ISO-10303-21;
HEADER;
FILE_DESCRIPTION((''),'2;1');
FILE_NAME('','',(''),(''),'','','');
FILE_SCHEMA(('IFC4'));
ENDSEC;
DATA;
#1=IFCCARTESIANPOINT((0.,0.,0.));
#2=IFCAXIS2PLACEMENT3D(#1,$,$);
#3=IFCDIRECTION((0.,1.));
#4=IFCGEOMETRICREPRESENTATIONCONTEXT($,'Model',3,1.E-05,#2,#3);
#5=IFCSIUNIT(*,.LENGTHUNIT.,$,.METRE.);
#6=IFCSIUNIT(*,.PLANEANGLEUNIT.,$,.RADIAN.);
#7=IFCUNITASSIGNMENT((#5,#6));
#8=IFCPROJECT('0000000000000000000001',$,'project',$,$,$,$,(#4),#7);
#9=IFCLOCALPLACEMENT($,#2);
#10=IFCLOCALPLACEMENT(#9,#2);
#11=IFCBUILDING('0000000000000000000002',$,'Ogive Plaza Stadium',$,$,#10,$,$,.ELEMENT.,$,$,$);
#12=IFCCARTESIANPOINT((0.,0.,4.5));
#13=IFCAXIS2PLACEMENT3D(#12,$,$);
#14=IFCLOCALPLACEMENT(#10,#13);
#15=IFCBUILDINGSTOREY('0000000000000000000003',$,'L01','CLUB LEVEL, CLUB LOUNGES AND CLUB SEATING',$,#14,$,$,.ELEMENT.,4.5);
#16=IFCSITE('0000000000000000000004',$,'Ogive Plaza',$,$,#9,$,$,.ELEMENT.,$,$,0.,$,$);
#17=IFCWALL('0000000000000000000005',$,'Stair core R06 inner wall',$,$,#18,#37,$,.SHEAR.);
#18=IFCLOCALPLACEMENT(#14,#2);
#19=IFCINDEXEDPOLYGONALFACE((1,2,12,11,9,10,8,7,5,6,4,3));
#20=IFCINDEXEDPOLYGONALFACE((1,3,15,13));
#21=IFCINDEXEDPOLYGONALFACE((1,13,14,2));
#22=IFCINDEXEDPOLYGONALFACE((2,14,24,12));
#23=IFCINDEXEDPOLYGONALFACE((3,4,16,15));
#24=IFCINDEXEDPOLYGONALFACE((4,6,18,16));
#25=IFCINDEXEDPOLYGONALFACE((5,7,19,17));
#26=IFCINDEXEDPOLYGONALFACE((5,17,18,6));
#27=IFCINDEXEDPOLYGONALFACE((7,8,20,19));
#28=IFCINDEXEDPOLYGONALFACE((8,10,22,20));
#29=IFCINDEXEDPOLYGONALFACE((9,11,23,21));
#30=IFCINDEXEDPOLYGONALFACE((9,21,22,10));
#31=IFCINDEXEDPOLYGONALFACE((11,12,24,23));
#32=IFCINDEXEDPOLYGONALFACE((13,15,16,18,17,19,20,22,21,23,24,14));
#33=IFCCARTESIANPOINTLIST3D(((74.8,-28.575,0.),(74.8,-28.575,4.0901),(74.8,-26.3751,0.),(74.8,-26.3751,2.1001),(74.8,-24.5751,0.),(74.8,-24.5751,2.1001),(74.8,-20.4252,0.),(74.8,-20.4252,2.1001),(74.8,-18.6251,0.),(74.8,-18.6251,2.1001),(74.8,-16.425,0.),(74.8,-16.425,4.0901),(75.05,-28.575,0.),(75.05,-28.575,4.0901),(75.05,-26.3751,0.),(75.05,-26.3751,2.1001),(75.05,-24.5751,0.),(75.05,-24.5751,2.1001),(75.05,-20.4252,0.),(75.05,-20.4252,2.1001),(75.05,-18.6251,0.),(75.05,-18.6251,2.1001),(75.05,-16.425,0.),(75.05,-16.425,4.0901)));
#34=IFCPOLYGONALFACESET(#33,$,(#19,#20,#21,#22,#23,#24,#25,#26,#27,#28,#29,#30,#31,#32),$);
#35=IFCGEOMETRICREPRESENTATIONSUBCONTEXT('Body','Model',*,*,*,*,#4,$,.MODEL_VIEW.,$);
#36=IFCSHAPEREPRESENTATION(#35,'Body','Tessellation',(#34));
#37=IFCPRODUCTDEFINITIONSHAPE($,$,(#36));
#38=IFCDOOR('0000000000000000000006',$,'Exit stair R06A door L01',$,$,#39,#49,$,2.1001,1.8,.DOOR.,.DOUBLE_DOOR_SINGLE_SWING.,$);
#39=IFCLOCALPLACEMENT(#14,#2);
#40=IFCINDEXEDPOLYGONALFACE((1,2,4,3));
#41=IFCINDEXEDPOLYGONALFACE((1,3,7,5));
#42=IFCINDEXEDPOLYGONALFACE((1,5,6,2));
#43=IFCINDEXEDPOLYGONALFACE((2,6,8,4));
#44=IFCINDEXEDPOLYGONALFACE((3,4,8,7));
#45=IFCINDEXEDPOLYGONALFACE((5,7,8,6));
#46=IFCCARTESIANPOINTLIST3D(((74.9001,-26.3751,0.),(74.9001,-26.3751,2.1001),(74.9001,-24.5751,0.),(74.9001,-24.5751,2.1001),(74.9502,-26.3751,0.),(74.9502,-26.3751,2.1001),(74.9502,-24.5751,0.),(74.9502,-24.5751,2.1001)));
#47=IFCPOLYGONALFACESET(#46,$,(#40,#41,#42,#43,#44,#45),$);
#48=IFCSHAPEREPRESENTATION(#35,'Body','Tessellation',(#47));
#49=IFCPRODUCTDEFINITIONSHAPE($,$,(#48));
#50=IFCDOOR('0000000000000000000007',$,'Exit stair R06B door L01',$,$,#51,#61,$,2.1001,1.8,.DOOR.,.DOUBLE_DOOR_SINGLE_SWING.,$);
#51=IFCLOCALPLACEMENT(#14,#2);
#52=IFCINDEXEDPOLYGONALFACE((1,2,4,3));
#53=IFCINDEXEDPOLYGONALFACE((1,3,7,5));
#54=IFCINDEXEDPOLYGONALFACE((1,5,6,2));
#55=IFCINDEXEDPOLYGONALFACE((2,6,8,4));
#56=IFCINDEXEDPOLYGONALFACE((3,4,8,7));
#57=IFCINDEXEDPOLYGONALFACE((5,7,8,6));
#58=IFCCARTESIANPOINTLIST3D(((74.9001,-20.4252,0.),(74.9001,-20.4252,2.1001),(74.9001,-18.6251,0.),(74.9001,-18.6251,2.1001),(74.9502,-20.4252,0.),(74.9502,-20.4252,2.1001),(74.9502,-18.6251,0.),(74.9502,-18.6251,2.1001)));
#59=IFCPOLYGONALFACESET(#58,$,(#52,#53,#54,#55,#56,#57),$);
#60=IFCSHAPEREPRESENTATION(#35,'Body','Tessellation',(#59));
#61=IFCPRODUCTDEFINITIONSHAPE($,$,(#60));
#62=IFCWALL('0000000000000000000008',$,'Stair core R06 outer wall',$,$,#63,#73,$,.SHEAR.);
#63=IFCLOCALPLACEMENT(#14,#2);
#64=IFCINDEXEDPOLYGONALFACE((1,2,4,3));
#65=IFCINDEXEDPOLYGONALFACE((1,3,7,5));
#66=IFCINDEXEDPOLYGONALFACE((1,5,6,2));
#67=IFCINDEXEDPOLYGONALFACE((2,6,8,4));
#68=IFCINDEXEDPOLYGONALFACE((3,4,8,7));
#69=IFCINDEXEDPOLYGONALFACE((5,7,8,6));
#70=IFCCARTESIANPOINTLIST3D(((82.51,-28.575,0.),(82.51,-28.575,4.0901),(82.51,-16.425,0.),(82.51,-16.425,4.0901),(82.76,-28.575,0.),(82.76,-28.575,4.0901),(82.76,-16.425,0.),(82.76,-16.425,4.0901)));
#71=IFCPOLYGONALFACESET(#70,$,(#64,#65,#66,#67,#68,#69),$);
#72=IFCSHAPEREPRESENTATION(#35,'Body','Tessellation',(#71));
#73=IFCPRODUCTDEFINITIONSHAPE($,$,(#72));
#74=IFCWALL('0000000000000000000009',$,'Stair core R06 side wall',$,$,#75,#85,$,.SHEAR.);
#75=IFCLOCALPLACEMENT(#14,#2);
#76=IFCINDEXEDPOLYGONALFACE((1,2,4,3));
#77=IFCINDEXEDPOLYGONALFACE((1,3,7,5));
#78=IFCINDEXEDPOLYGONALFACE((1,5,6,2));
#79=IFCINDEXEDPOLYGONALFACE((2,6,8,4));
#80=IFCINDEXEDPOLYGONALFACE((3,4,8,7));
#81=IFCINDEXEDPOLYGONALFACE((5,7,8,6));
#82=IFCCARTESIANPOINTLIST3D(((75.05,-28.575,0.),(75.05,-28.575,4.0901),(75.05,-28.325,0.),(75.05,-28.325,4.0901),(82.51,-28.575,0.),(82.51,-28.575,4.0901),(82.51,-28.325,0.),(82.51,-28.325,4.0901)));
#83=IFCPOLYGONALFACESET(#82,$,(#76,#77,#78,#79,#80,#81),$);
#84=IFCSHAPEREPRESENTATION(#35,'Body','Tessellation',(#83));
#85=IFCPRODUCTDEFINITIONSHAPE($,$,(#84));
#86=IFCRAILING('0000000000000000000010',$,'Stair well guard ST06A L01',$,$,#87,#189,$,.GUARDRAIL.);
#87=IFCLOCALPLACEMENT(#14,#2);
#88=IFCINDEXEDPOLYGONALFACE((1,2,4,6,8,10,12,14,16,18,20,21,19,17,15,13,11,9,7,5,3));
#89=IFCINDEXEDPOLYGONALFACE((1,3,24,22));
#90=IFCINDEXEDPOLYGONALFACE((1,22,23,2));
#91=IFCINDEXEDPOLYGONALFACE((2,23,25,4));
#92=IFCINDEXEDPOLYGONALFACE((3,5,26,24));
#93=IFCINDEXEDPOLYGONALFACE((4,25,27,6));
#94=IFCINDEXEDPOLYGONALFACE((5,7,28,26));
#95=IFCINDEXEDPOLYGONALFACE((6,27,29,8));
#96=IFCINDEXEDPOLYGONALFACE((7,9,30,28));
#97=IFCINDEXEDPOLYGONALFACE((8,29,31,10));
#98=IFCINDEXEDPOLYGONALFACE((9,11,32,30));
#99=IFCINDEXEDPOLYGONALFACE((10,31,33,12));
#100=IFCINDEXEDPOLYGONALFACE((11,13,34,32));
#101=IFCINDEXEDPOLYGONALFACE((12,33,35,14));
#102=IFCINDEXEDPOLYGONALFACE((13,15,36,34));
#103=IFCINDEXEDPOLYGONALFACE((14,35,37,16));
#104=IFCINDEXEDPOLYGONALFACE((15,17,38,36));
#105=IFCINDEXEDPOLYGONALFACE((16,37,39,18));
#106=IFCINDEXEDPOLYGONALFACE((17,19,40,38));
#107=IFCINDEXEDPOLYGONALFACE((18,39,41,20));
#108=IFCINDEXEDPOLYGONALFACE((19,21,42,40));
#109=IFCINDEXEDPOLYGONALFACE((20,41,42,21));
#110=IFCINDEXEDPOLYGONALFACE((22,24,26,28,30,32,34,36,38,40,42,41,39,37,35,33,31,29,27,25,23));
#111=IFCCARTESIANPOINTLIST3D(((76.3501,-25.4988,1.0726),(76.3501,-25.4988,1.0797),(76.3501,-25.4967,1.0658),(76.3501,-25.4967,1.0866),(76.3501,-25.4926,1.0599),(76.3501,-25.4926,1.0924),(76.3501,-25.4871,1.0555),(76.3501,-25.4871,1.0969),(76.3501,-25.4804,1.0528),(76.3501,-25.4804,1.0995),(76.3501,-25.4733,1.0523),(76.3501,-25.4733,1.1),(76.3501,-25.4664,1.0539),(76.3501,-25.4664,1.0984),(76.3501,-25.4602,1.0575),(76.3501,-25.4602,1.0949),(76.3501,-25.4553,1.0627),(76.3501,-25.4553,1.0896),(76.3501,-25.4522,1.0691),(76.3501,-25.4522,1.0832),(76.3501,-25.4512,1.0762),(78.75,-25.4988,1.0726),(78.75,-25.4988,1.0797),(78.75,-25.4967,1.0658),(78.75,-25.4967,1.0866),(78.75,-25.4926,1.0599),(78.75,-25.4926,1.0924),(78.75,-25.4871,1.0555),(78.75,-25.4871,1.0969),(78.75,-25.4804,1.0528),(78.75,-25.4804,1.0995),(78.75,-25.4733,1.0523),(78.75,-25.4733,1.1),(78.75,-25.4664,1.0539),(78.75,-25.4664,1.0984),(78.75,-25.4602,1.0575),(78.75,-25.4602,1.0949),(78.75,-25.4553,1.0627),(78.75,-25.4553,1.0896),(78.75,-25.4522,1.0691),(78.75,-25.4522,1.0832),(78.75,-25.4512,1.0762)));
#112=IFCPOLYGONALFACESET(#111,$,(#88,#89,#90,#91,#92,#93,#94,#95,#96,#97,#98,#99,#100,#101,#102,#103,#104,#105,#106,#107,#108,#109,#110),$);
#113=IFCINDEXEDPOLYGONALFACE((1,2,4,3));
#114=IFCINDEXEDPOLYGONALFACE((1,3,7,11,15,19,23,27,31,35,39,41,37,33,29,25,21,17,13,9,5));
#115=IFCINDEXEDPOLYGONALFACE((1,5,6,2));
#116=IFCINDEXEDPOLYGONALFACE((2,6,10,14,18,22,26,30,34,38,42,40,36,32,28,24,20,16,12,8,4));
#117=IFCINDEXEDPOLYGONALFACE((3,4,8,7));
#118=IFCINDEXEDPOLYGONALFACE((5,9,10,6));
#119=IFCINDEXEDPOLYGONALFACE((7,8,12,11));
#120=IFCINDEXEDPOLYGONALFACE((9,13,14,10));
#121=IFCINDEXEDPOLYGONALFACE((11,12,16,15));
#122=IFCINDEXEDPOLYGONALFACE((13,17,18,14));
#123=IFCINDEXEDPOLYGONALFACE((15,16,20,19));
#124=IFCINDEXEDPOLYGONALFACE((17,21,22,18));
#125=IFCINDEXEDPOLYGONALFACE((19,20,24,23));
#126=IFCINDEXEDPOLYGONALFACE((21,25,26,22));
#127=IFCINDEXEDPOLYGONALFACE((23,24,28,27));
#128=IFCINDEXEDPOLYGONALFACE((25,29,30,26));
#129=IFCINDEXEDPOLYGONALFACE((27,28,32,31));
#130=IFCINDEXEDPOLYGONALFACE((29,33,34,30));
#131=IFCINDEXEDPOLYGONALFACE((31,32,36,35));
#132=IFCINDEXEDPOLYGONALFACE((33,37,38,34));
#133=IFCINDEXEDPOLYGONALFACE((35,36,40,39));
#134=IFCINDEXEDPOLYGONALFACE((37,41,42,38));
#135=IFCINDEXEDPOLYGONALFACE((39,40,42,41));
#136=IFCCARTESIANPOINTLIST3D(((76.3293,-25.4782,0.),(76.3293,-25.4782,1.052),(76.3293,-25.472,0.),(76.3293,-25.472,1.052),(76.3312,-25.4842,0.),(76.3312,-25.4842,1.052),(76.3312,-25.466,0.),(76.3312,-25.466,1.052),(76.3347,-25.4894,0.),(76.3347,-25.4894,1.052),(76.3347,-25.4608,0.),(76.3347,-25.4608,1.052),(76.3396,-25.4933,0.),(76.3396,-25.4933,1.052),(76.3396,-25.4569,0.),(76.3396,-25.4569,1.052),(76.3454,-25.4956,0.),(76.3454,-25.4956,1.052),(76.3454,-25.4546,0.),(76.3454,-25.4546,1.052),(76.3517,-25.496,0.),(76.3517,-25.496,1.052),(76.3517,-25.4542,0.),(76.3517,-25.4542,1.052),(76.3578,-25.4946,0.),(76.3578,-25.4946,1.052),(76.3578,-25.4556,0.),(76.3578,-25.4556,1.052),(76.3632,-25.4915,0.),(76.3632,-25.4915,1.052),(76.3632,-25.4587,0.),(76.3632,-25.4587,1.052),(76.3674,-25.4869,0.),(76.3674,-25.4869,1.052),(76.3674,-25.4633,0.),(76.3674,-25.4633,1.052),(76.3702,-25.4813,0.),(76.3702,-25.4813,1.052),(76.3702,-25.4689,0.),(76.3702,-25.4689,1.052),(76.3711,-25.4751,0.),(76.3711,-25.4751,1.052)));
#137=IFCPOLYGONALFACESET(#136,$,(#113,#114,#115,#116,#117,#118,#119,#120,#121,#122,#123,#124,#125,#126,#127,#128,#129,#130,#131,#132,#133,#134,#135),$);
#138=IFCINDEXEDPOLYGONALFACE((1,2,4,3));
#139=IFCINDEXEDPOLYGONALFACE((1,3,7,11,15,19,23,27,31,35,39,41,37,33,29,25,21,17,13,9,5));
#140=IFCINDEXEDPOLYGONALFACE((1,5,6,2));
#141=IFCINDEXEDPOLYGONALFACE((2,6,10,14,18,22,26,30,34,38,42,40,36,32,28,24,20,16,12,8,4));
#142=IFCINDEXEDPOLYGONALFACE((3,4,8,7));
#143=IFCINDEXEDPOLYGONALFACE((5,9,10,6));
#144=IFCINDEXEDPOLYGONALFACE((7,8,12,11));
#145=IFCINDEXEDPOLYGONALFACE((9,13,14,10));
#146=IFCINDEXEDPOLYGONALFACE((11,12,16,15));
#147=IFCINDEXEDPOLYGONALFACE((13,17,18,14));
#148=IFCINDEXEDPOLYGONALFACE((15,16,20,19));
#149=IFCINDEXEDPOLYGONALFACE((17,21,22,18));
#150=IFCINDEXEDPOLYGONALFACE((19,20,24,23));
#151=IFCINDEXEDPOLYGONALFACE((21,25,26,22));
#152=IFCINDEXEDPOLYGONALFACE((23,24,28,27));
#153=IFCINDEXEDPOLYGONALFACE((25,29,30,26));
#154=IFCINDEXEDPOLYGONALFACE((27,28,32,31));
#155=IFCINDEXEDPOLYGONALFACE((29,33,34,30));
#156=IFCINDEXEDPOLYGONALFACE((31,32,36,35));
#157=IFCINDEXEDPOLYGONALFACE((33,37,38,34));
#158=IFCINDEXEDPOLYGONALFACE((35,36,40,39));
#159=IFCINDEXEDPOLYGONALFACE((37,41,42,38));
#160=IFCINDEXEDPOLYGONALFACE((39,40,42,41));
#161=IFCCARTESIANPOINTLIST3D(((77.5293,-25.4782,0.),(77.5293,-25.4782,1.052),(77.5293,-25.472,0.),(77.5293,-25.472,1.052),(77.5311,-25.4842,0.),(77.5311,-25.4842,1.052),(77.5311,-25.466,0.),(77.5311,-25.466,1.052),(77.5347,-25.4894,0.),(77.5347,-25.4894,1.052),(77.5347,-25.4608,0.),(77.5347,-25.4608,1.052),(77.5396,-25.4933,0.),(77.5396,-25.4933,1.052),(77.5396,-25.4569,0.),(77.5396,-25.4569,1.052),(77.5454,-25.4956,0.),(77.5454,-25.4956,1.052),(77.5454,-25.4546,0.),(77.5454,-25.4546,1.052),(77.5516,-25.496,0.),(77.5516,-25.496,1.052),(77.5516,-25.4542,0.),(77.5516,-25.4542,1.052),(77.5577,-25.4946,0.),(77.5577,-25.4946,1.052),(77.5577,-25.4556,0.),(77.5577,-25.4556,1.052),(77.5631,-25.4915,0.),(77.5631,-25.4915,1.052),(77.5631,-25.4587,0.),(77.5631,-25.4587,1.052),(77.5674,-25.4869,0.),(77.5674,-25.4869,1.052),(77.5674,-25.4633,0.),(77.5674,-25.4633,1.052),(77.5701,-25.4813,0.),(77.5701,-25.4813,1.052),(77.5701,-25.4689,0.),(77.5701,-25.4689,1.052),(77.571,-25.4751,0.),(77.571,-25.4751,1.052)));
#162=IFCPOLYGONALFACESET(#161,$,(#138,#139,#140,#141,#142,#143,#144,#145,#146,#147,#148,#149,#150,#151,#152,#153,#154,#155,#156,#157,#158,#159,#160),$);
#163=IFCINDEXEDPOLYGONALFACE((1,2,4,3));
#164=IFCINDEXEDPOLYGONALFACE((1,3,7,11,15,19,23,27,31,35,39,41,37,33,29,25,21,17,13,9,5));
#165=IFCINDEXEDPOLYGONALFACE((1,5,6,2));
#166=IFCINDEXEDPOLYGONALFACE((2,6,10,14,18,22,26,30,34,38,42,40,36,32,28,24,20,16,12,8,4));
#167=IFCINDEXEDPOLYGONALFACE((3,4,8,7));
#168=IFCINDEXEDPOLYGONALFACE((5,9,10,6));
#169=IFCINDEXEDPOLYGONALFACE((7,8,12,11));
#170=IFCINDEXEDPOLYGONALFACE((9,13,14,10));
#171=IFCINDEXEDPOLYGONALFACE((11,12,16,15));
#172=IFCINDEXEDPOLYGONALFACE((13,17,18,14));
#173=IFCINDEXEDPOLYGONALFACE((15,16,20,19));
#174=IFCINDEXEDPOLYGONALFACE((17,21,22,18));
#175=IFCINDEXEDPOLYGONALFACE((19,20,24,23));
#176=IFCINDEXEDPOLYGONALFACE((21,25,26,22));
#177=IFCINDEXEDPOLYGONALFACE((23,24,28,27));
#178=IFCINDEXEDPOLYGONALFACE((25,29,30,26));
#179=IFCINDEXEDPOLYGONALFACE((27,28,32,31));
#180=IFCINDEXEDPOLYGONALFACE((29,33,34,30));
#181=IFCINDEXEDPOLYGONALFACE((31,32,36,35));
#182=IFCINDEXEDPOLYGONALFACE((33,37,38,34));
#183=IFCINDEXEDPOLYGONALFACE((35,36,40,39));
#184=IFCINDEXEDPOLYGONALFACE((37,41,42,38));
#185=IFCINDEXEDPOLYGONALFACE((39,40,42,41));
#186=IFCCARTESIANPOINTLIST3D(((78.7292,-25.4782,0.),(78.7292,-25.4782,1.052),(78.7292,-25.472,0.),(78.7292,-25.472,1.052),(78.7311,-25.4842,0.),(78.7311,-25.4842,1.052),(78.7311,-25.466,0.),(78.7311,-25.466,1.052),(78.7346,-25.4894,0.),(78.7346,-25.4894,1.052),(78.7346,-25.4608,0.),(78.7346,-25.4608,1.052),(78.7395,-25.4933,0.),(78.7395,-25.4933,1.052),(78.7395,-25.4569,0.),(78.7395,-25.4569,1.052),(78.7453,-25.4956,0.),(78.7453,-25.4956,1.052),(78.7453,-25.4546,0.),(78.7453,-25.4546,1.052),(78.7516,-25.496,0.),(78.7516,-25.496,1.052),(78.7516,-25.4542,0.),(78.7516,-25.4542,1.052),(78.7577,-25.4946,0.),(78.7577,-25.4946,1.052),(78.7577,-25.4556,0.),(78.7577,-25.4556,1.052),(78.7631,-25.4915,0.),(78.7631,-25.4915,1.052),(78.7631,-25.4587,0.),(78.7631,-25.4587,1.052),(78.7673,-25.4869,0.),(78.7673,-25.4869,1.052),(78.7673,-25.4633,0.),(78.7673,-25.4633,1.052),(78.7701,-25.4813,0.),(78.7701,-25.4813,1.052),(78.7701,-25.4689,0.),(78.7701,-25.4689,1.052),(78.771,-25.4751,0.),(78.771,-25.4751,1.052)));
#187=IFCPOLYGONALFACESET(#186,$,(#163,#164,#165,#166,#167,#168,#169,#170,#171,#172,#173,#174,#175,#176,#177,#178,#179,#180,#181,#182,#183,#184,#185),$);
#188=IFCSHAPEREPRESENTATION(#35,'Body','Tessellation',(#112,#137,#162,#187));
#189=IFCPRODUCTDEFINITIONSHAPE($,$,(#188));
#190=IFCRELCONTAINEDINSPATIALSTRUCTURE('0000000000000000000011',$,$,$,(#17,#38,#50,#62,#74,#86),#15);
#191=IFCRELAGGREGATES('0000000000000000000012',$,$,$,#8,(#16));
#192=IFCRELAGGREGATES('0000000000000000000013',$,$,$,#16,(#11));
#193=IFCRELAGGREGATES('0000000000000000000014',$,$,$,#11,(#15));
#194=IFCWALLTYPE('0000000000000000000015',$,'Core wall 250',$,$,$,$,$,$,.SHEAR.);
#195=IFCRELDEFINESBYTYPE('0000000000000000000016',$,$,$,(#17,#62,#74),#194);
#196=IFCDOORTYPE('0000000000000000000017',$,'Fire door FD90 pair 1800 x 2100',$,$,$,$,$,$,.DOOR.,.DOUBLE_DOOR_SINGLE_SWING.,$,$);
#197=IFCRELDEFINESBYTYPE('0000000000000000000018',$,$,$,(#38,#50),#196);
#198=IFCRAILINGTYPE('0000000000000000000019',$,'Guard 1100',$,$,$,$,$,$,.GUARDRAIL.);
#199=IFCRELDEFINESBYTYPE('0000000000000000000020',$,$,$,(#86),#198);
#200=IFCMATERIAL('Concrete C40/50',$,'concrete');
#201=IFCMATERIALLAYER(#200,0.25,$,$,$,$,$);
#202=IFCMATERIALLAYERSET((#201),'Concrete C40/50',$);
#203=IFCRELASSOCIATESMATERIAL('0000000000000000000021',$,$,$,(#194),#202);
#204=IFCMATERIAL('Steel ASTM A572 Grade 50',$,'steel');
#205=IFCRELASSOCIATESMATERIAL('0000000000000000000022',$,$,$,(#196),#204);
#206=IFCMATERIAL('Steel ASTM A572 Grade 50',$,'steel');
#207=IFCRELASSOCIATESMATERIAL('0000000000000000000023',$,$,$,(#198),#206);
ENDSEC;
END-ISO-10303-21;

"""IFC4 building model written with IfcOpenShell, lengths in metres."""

from ifc_helpers import new_model, si_unit, direction, frame, frame_2d, origin, origin_2d, place, context, subcontext, project, spatial, rectangle, circle, extrude, material, layer, layer_set, type_object, element, fill, save


model = new_model("IFC4")

# Units and contexts
model_context = context("Model", 3, precision=1e-05, world=origin(), true_north=direction((0.0, 1.0)))
body_context = subcontext(model_context, "Body", "Model", "MODEL_VIEW")
ifc_project = project(units=[si_unit("LENGTHUNIT", "METRE"), si_unit("PLANEANGLEUNIT", "RADIAN")], contexts=[model_context])

# Site, building, storey
site_placement = place(None, origin())
site = spatial("IfcSite", under=ifc_project, at=site_placement, Name="Ogive Plaza", CompositionType="ELEMENT", RefElevation=0.0)
building_placement = place(site_placement, origin())
building = spatial("IfcBuilding", under=site, at=building_placement, Name="Ogive Plaza Stadium", CompositionType="ELEMENT")
storey_placement = place(building_placement, frame((0.0, 0.0, 4.5)))
storey = spatial("IfcBuildingStorey", under=building, at=storey_placement, Name="L01", Description="CLUB LEVEL, CLUB LOUNGES AND CLUB SEATING", CompositionType="ELEMENT", Elevation=4.5)

# Wall, openings, doors
ifc_material_1 = material(Name="Concrete C40/50", Category="concrete")
ifc_layer_1 = layer(ifc_material_1, 0.25)
ifc_layer_set_1 = layer_set([ifc_layer_1], Name="Concrete C40/50")
wall_type_1 = type_object("IfcWallType", Name="Core wall 250", PredefinedType="SHEAR", material=ifc_layer_set_1)
wall_1_placement = place(storey_placement, frame((74.925, -28.575, 0.0), z_axis=(0.0, 0.0, 1.0), x_axis=(0.0, 1.0, 0.0)))
wall_1 = element("IfcWall", 1, at=wall_1_placement, inside=storey, type_object=wall_type_1, Name="Stair core R06 inner wall", PredefinedType="SHEAR", context=body_context, shape_type="SweptSolid", body=[
    extrude(rectangle(XDim=12.1499, YDim=0.25, at=frame_2d((6.075, 0.0))), origin(), (0.0, 0.0, 1.0), 4.0901),
])
opening_1_placement = place(wall_1_placement, frame((2.2, 0.0, 0.0)))
opening_1 = element("IfcOpeningElement", 2, at=opening_1_placement, cuts=wall_1, PredefinedType="OPENING", context=body_context, shape_type="SweptSolid", body=[
    extrude(rectangle(XDim=1.8, YDim=2.1001, at=frame_2d((0.8999, 1.05))), frame((0.0, 0.125, 0.0), z_axis=(0.0, -1.0, 0.0), x_axis=(1.0, 0.0, 0.0)), (0.0, 0.0, 1.0), 0.25),
])
opening_2_placement = place(wall_1_placement, frame((8.1499, 0.0, 0.0)))
opening_2 = element("IfcOpeningElement", 3, at=opening_2_placement, cuts=wall_1, PredefinedType="OPENING", context=body_context, shape_type="SweptSolid", body=[
    extrude(rectangle(XDim=1.8, YDim=2.1001, at=frame_2d((0.8999, 1.05))), frame((0.0, 0.125, 0.0), z_axis=(0.0, -1.0, 0.0), x_axis=(1.0, 0.0, 0.0)), (0.0, 0.0, 1.0), 0.25),
])
ifc_material_2 = material(Name="Steel ASTM A572 Grade 50", Category="steel")
door_type_1 = type_object("IfcDoorType", Name="Fire door FD90 pair 1800 x 2100", OperationType="DOUBLE_DOOR_SINGLE_SWING", PredefinedType="DOOR", material=ifc_material_2)
door_1_placement = place(opening_1_placement, origin())
door_1 = element("IfcDoor", 4, at=door_1_placement, inside=storey, type_object=door_type_1, Name="Exit stair R06A door L01", OperationType="DOUBLE_DOOR_SINGLE_SWING", OverallHeight=2.1001, OverallWidth=1.8, PredefinedType="DOOR", context=body_context, shape_type="SweptSolid", body=[
    extrude(rectangle(XDim=1.8, YDim=2.1001, at=frame_2d((0.8999, 1.05))), frame((0.0, 0.0249, 0.0), z_axis=(0.0, -1.0, 0.0), x_axis=(1.0, 0.0, 0.0)), (0.0, 0.0, 1.0), 0.05),
])
fill(opening_1, door_1)
door_2_placement = place(opening_2_placement, origin())
door_2 = element("IfcDoor", 5, at=door_2_placement, inside=storey, type_object=door_type_1, Name="Exit stair R06B door L01", OperationType="DOUBLE_DOOR_SINGLE_SWING", OverallHeight=2.1001, OverallWidth=1.8, PredefinedType="DOOR", context=body_context, shape_type="SweptSolid", body=[
    extrude(rectangle(XDim=1.8, YDim=2.1001, at=frame_2d((0.8999, 1.05))), frame((0.0, 0.0249, 0.0), z_axis=(0.0, -1.0, 0.0), x_axis=(1.0, 0.0, 0.0)), (0.0, 0.0, 1.0), 0.05),
])
fill(opening_2, door_2)

# Walls
wall_2_placement = place(storey_placement, frame((82.635, -28.575, 0.0), z_axis=(0.0, 0.0, 1.0), x_axis=(0.0, 1.0, 0.0)))
element("IfcWall", 6, at=wall_2_placement, inside=storey, type_object=wall_type_1, Name="Stair core R06 outer wall", PredefinedType="SHEAR", context=body_context, shape_type="SweptSolid", body=[
    extrude(rectangle(XDim=12.1499, YDim=0.25, at=frame_2d((6.075, 0.0))), origin(), (0.0, 0.0, 1.0), 4.0901),
])
wall_3_placement = place(storey_placement, frame((75.05, -28.45, 0.0), z_axis=(0.0, 0.0, 1.0), x_axis=(1.0, 0.0, 0.0)))
element("IfcWall", 7, at=wall_3_placement, inside=storey, type_object=wall_type_1, Name="Stair core R06 side wall", PredefinedType="SHEAR", context=body_context, shape_type="SweptSolid", body=[
    extrude(rectangle(XDim=7.46, YDim=0.25, at=frame_2d((3.73, 0.0))), origin(), (0.0, 0.0, 1.0), 4.0901),
])

# Railing
ifc_material_3 = material(Name="Steel ASTM A572 Grade 50", Category="steel")
railing_type_1 = type_object("IfcRailingType", Name="Guard 1100", PredefinedType="GUARDRAIL", material=ifc_material_3)
for number, where, name in (
    (8, (76.3501, -25.4751, 0.0), "Stair well guard ST06A L01"),
):
    element("IfcRailing", number, at=place(storey_placement, frame(where)), inside=storey, type_object=railing_type_1, Name=name, PredefinedType="GUARDRAIL", context=body_context, shape_type="SweptSolid", body=[
        extrude(circle(Radius=0.0239, at=origin_2d()), frame((0.0, 0.0, 1.0762), z_axis=(1.0, 0.0, 0.0), x_axis=(0.0, 1.0, 0.0)), (0.0, 0.0, 1.0), 2.3999),
        extrude(circle(Radius=0.021, at=origin_2d()), origin(), (0.0, 0.0, 1.0), 1.052),
        extrude(circle(Radius=0.021, at=origin_2d()), frame((1.2, 0.0, 0.0)), (0.0, 0.0, 1.0), 1.052),
        extrude(circle(Radius=0.021, at=origin_2d()), frame((2.3999, 0.0, 0.0)), (0.0, 0.0, 1.0), 1.052),
    ])

save(model, "model.ifc")
